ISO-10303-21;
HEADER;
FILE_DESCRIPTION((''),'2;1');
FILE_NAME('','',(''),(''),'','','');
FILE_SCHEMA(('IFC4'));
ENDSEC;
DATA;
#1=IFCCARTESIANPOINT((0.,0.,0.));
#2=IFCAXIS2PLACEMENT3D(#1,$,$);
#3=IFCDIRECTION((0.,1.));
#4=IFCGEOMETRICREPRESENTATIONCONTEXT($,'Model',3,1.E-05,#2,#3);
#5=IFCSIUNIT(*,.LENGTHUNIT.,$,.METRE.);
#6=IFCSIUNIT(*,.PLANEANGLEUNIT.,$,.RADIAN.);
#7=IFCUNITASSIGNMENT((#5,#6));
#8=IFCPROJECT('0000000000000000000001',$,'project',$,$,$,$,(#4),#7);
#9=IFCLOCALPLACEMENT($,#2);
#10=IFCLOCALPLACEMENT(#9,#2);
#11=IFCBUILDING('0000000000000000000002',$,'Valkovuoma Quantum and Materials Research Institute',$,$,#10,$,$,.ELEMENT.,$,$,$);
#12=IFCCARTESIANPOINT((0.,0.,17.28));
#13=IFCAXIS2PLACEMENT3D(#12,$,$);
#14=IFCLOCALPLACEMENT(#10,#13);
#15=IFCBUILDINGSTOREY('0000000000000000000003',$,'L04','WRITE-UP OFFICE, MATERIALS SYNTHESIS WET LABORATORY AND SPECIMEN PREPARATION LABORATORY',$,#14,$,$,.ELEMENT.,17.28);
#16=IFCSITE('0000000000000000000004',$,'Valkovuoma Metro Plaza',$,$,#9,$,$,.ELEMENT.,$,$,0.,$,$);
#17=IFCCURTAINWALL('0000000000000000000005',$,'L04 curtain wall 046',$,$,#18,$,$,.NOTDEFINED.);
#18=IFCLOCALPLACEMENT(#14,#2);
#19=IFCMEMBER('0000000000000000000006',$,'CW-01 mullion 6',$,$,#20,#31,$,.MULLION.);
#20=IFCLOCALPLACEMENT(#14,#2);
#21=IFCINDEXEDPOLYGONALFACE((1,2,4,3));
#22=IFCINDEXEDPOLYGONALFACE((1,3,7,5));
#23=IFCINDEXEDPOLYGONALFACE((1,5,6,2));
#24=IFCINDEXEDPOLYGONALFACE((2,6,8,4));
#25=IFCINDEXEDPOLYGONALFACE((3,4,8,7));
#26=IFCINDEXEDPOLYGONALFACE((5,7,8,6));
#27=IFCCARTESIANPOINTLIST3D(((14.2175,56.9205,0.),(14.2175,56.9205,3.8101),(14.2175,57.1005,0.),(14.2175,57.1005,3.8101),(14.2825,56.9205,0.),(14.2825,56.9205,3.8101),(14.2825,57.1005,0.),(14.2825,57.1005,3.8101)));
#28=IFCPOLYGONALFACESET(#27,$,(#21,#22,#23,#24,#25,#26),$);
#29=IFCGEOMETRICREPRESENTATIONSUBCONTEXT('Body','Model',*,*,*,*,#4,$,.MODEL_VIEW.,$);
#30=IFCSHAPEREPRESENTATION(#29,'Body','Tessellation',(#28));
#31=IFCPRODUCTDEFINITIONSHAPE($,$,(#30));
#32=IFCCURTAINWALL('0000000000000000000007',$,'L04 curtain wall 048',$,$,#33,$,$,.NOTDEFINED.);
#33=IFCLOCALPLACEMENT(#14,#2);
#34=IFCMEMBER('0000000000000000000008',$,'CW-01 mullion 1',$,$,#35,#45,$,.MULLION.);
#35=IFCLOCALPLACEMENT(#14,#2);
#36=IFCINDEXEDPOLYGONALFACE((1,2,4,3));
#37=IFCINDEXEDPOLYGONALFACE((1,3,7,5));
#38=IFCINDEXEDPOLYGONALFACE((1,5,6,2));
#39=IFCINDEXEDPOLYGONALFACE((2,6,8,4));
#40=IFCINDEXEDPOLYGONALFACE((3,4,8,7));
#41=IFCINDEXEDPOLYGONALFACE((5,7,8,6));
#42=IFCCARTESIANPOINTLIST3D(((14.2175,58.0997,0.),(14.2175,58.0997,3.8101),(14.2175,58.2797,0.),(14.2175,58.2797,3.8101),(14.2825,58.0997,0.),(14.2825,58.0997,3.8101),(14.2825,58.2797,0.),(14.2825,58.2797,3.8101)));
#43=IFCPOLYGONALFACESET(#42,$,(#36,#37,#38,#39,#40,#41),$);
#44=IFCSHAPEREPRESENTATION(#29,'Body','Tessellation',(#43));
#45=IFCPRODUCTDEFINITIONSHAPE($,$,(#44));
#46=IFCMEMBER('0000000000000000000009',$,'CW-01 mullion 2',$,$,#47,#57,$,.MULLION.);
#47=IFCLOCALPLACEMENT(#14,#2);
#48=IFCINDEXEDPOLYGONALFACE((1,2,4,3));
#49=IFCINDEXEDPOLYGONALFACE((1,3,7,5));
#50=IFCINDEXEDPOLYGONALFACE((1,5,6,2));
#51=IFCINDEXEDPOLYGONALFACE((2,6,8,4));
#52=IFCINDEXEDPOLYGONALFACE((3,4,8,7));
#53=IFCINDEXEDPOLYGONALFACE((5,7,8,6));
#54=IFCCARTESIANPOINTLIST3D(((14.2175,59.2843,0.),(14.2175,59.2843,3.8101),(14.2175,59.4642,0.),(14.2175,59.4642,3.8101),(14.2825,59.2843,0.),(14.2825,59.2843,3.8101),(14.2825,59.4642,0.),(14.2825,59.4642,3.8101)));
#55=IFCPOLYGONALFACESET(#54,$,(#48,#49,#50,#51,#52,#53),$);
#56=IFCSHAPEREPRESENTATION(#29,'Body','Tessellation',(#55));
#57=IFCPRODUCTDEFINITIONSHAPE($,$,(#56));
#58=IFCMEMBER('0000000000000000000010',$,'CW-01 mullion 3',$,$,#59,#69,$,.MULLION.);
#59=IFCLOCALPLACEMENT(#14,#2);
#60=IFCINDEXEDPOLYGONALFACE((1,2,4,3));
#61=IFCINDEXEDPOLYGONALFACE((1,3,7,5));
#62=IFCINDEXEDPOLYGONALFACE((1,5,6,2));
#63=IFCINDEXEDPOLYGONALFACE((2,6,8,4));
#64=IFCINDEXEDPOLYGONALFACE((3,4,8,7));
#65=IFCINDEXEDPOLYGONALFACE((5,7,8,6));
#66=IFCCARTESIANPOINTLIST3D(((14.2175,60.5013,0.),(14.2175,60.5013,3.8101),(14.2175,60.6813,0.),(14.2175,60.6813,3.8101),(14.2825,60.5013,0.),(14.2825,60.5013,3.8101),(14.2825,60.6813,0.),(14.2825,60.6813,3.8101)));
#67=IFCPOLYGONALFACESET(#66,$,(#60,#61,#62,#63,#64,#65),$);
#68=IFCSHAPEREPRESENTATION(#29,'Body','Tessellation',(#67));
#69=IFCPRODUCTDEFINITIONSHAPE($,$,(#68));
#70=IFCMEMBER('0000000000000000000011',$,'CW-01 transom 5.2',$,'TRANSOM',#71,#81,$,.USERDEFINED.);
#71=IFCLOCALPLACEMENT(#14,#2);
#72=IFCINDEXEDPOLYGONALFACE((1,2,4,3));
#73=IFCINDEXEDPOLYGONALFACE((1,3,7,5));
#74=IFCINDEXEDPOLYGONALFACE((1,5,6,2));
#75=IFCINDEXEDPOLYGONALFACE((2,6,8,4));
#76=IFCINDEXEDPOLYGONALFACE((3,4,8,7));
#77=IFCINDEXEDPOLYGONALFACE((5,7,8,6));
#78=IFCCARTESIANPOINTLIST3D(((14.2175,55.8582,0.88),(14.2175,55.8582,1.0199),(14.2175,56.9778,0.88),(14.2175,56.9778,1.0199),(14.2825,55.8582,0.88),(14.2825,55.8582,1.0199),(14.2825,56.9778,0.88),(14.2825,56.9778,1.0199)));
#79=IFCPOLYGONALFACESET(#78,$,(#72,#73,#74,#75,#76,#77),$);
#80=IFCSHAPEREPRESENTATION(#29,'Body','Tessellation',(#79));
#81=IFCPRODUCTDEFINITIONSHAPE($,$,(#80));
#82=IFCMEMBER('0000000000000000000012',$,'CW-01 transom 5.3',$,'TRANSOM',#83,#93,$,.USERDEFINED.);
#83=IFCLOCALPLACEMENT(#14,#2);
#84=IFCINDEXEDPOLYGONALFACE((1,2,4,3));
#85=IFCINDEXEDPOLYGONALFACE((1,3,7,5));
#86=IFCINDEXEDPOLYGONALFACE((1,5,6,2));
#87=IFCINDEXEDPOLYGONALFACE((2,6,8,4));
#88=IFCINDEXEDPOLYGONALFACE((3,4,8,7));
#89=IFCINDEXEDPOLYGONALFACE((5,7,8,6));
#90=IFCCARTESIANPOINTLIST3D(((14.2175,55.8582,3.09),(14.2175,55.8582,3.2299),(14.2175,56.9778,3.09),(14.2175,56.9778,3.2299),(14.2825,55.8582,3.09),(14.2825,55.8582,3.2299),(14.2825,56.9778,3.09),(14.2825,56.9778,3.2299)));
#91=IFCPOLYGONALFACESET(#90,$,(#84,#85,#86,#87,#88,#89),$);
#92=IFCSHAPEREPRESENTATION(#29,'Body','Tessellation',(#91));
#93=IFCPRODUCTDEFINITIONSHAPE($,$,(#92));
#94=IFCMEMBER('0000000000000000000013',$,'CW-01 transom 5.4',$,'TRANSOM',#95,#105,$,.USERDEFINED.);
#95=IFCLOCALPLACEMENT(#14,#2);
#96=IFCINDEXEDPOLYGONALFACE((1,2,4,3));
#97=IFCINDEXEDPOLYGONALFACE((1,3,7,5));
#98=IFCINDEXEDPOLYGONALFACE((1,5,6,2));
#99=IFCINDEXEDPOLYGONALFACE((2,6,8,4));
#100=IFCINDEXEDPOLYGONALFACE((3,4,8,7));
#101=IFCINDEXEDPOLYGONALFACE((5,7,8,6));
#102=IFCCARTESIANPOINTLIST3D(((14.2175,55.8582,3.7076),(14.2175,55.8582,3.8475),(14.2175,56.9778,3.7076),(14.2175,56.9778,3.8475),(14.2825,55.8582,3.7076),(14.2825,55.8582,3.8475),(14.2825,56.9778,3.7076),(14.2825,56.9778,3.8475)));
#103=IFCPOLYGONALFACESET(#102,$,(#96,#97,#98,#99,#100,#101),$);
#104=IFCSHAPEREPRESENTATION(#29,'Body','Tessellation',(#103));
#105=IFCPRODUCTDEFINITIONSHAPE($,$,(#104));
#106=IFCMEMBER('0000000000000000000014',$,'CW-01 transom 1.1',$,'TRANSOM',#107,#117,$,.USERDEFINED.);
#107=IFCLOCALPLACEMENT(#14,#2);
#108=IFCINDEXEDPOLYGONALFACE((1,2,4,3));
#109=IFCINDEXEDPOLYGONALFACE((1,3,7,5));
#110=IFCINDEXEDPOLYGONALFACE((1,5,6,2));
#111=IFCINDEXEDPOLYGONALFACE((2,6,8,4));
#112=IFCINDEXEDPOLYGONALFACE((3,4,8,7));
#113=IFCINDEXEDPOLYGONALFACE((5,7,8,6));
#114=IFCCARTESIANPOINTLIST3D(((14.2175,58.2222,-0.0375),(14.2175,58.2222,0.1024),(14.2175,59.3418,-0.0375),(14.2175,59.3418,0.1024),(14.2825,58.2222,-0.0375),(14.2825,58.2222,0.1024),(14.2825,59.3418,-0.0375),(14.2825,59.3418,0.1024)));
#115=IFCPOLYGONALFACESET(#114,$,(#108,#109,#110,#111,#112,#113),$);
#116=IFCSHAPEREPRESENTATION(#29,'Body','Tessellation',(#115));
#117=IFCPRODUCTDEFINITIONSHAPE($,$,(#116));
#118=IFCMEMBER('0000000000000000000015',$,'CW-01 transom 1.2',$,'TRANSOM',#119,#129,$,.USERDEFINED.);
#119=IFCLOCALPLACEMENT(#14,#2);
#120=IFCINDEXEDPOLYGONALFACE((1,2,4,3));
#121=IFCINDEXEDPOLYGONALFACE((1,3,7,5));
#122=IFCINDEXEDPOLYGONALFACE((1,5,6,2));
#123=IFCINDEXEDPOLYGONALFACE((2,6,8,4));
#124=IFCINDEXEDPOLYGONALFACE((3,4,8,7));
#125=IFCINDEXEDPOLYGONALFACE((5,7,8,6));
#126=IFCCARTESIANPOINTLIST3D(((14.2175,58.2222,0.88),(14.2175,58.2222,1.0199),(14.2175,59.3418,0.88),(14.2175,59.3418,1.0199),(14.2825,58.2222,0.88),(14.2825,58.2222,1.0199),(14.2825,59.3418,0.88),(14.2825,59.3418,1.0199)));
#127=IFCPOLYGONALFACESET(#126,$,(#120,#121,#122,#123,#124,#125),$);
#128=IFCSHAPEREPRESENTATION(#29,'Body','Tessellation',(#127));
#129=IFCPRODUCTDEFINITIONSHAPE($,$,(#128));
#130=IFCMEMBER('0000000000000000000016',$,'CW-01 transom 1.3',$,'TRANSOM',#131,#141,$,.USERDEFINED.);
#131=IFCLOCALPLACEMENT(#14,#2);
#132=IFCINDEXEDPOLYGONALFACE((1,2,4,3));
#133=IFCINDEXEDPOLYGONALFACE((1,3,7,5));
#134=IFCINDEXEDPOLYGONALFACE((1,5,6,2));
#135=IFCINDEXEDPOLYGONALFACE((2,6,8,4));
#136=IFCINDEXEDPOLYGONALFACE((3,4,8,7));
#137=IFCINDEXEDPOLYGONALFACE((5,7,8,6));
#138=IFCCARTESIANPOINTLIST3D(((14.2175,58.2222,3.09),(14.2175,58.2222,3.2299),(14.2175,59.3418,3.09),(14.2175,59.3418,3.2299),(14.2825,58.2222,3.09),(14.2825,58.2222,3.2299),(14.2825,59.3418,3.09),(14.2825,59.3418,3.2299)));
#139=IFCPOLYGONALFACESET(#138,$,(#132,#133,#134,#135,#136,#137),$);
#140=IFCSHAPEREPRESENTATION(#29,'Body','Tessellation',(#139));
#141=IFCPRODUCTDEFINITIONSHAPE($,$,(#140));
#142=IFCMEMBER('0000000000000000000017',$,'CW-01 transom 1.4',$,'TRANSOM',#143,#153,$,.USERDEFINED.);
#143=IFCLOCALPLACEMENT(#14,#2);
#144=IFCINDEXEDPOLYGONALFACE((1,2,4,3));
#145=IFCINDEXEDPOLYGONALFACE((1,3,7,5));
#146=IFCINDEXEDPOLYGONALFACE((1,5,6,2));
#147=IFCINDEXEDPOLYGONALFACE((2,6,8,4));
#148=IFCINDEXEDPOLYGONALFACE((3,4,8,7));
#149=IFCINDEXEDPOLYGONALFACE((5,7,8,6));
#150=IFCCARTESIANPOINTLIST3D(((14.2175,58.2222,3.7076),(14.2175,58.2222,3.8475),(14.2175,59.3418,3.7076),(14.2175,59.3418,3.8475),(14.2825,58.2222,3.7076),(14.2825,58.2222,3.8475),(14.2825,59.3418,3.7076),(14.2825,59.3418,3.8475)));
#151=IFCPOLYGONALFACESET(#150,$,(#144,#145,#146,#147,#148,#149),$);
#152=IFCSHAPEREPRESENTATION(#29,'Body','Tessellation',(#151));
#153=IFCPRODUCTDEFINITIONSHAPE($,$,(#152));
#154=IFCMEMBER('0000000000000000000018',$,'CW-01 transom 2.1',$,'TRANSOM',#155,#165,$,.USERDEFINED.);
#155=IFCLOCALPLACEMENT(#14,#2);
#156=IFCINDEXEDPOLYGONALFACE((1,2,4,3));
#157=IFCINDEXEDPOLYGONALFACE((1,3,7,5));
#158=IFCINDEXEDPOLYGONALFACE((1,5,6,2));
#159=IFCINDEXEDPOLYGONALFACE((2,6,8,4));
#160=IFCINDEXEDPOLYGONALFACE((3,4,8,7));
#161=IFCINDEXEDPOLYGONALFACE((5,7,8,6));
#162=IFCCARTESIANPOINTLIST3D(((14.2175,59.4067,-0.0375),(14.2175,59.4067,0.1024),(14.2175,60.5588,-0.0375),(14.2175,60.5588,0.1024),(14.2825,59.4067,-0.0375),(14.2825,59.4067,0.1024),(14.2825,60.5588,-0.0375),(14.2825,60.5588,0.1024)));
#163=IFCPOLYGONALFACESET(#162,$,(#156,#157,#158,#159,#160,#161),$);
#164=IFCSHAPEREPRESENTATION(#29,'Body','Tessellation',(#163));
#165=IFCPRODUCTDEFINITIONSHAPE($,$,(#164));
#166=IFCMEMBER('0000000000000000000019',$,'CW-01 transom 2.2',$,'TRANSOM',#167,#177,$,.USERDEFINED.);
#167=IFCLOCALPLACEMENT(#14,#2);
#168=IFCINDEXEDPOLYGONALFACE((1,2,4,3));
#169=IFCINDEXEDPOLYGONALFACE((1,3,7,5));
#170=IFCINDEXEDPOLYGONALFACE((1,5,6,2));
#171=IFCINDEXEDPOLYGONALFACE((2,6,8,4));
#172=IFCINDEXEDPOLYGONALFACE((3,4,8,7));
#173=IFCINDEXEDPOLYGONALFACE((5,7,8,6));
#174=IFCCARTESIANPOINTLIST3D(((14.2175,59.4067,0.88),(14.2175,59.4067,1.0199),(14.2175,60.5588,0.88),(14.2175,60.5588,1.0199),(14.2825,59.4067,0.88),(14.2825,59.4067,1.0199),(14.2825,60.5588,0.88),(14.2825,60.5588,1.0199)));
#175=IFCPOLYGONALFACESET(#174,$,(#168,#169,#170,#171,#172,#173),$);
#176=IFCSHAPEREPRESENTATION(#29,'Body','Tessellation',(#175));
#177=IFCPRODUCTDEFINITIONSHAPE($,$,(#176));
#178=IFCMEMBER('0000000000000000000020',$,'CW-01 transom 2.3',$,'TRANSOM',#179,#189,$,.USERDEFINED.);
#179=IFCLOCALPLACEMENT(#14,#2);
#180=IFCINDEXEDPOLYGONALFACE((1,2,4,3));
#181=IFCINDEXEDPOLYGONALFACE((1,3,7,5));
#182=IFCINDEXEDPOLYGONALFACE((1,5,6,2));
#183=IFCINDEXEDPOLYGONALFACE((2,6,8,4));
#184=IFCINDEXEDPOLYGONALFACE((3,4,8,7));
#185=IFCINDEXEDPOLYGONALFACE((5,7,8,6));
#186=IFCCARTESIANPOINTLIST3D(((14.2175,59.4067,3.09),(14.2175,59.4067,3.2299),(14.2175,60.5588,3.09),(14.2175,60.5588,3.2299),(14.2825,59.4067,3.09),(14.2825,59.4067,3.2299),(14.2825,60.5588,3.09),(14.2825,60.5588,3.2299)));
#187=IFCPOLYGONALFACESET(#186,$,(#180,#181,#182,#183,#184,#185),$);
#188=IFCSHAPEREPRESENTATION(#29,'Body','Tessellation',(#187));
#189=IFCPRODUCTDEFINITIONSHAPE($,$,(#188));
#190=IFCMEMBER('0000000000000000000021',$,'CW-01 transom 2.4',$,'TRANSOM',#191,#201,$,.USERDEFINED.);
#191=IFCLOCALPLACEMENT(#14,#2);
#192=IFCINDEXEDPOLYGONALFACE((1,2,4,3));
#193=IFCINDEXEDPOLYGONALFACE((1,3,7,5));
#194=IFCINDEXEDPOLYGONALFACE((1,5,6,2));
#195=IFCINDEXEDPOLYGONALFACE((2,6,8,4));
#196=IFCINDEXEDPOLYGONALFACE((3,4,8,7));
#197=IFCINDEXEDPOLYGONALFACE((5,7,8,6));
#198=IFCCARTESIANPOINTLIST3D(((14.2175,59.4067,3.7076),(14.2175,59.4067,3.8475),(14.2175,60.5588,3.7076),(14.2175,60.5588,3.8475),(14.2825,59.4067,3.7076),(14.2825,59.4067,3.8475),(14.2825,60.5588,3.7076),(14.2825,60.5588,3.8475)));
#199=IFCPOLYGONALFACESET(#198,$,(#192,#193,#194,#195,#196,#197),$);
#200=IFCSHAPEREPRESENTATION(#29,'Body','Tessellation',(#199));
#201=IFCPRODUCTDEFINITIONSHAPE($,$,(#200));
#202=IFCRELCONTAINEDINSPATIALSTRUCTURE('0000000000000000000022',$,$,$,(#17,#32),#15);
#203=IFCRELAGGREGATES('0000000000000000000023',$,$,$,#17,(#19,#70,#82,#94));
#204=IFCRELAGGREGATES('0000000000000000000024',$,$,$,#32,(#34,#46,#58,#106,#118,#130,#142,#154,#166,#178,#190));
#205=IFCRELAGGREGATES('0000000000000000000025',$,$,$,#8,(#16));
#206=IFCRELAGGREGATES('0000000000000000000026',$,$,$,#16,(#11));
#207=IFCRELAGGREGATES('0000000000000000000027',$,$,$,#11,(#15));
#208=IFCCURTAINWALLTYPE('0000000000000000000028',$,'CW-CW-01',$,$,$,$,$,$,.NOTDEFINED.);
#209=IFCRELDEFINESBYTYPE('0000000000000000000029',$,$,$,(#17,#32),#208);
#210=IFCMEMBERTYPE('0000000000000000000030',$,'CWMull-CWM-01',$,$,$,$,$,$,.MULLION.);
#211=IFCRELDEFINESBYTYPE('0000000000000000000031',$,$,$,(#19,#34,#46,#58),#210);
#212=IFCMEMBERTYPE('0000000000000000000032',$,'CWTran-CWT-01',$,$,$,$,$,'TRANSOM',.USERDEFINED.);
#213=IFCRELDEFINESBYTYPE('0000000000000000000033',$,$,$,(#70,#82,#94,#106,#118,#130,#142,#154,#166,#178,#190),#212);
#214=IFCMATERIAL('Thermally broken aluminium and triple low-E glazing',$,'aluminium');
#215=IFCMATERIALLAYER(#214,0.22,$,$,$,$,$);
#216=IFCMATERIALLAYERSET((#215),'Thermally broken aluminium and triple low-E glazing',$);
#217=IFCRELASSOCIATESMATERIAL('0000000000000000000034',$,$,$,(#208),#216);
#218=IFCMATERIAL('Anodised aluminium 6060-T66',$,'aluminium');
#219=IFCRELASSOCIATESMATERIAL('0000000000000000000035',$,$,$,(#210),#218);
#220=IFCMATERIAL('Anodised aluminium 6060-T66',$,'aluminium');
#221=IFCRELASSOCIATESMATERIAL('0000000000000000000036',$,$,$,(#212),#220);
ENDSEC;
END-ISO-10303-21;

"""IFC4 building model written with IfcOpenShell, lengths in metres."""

from ifc_helpers import new_model, si_unit, direction, frame, origin, origin_2d, place, context, subcontext, project, spatial, rectangle, extrude, material, layer, layer_set, material_profile, profile_set, type_object, element, aggregate, save


model = new_model("IFC4")

# Units and contexts
model_context = context("Model", 3, precision=1e-05, world=origin(), true_north=direction((0.0, 1.0)))
body_context = subcontext(model_context, "Body", "Model", "MODEL_VIEW")
ifc_project = project(units=[si_unit("LENGTHUNIT", "METRE"), si_unit("PLANEANGLEUNIT", "RADIAN")], contexts=[model_context])

# Site, building, storey
site_placement = place(None, origin())
site = spatial("IfcSite", under=ifc_project, at=site_placement, Name="Valkovuoma Metro Plaza", CompositionType="ELEMENT", RefElevation=0.0)
building_placement = place(site_placement, origin())
building = spatial("IfcBuilding", under=site, at=building_placement, Name="Valkovuoma Quantum and Materials Research Institute", CompositionType="ELEMENT")
storey_placement = place(building_placement, frame((0.0, 0.0, 17.28)))
storey = spatial("IfcBuildingStorey", under=building, at=storey_placement, Name="L04", Description="WRITE-UP OFFICE, MATERIALS SYNTHESIS WET LABORATORY AND SPECIMEN PREPARATION LABORATORY", CompositionType="ELEMENT", Elevation=17.28)

# Curtain wall, member
ifc_material_1 = material(Name="Thermally broken aluminium and triple low-E glazing", Category="aluminium")
ifc_layer_1 = layer(ifc_material_1, 0.22)
ifc_layer_set_1 = layer_set([ifc_layer_1], Name="Thermally broken aluminium and triple low-E glazing")
curtain_wall_type = type_object("IfcCurtainWallType", Name="CW-CW-01", PredefinedType="NOTDEFINED", material=ifc_layer_set_1)
curtain_wall_1_placement = place(storey_placement, origin())
curtain_wall_1 = element("IfcCurtainWall", 1, at=curtain_wall_1_placement, inside=storey, type_object=curtain_wall_type, Name="L04 curtain wall 046", PredefinedType="NOTDEFINED")
ifc_material_2 = material(Name="Anodised aluminium 6060-T66", Category="aluminium")
ifc_material_profile_1 = material_profile(ifc_material_2, rectangle(XDim=0.0649, YDim=0.1799, at=origin_2d()), Name="Anodised aluminium 6060-T66")
ifc_profile_set_1 = profile_set([ifc_material_profile_1], Name="Anodised aluminium 6060-T66")
member_type_1 = type_object("IfcMemberType", Name="CWMull-CWM-01", PredefinedType="MULLION", material=ifc_profile_set_1)
member_1_placement = place(storey_placement, frame((14.25, 57.0105, 0.0), z_axis=(0.0, 0.0, 1.0), x_axis=(-1.0, 0.0, 0.0)))
member_1 = element("IfcMember", 2, at=member_1_placement, type_object=member_type_1, Name="CW-01 mullion 6", PredefinedType="MULLION", context=body_context, shape_type="SweptSolid", body=[
    extrude(rectangle(XDim=0.0649, YDim=0.1799, at=origin_2d()), origin(), (0.0, 0.0, 1.0), 3.8101),
])

# Curtain wall, members
curtain_wall_2_placement = place(storey_placement, origin())
curtain_wall_2 = element("IfcCurtainWall", 3, at=curtain_wall_2_placement, inside=storey, type_object=curtain_wall_type, Name="L04 curtain wall 048", PredefinedType="NOTDEFINED")
member_2_placement = place(storey_placement, frame((14.25, 58.1897, 0.0), z_axis=(0.0, 0.0, 1.0), x_axis=(-1.0, 0.0, 0.0)))
member_2 = element("IfcMember", 4, at=member_2_placement, type_object=member_type_1, Name="CW-01 mullion 1", PredefinedType="MULLION", context=body_context, shape_type="SweptSolid", body=[
    extrude(rectangle(XDim=0.0649, YDim=0.1799, at=origin_2d()), origin(), (0.0, 0.0, 1.0), 3.8101),
])
member_3_placement = place(storey_placement, frame((14.25, 59.3743, 0.0), z_axis=(0.0, 0.0, 1.0), x_axis=(-1.0, 0.0, 0.0)))
member_3 = element("IfcMember", 5, at=member_3_placement, type_object=member_type_1, Name="CW-01 mullion 2", PredefinedType="MULLION", context=body_context, shape_type="SweptSolid", body=[
    extrude(rectangle(XDim=0.0649, YDim=0.1799, at=origin_2d()), origin(), (0.0, 0.0, 1.0), 3.8101),
])
member_4_placement = place(storey_placement, frame((14.25, 60.5913, 0.0), z_axis=(0.0, 0.0, 1.0), x_axis=(-1.0, 0.0, 0.0)))
member_4 = element("IfcMember", 6, at=member_4_placement, type_object=member_type_1, Name="CW-01 mullion 3", PredefinedType="MULLION", context=body_context, shape_type="SweptSolid", body=[
    extrude(rectangle(XDim=0.0649, YDim=0.1799, at=origin_2d()), origin(), (0.0, 0.0, 1.0), 3.8101),
])

# Members
ifc_material_3 = material(Name="Anodised aluminium 6060-T66", Category="aluminium")
ifc_material_profile_2 = material_profile(ifc_material_3, rectangle(XDim=0.0649, YDim=0.1399, at=origin_2d()), Name="Anodised aluminium 6060-T66")
ifc_profile_set_2 = profile_set([ifc_material_profile_2], Name="Anodised aluminium 6060-T66")
member_type_2 = type_object("IfcMemberType", Name="CWTran-CWT-01", ElementType="TRANSOM", PredefinedType="USERDEFINED", material=ifc_profile_set_2)
member_5_placement = place(storey_placement, frame((14.25, 55.8582, 0.95), z_axis=(0.0, 1.0, 0.0), x_axis=(-1.0, 0.0, 0.0)))
member_5 = element("IfcMember", 7, at=member_5_placement, type_object=member_type_2, Name="CW-01 transom 5.2", ObjectType="TRANSOM", PredefinedType="USERDEFINED", context=body_context, shape_type="SweptSolid", body=[
    extrude(rectangle(XDim=0.0649, YDim=0.1399, at=origin_2d()), origin(), (0.0, 0.0, 1.0), 1.1196),
])
member_6_placement = place(storey_placement, frame((14.25, 55.8582, 3.1599), z_axis=(0.0, 1.0, 0.0), x_axis=(-1.0, 0.0, 0.0)))
member_6 = element("IfcMember", 8, at=member_6_placement, type_object=member_type_2, Name="CW-01 transom 5.3", ObjectType="TRANSOM", PredefinedType="USERDEFINED", context=body_context, shape_type="SweptSolid", body=[
    extrude(rectangle(XDim=0.0649, YDim=0.1399, at=origin_2d()), origin(), (0.0, 0.0, 1.0), 1.1196),
])
member_7_placement = place(storey_placement, frame((14.25, 55.8582, 3.7776), z_axis=(0.0, 1.0, 0.0), x_axis=(-1.0, 0.0, 0.0)))
member_7 = element("IfcMember", 9, at=member_7_placement, type_object=member_type_2, Name="CW-01 transom 5.4", ObjectType="TRANSOM", PredefinedType="USERDEFINED", context=body_context, shape_type="SweptSolid", body=[
    extrude(rectangle(XDim=0.0649, YDim=0.1399, at=origin_2d()), origin(), (0.0, 0.0, 1.0), 1.1196),
])
member_8_placement = place(storey_placement, frame((14.25, 58.2222, 0.0325), z_axis=(0.0, 1.0, 0.0), x_axis=(-1.0, 0.0, 0.0)))
member_8 = element("IfcMember", 10, at=member_8_placement, type_object=member_type_2, Name="CW-01 transom 1.1", ObjectType="TRANSOM", PredefinedType="USERDEFINED", context=body_context, shape_type="SweptSolid", body=[
    extrude(rectangle(XDim=0.0649, YDim=0.1399, at=origin_2d()), origin(), (0.0, 0.0, 1.0), 1.1196),
])
member_9_placement = place(storey_placement, frame((14.25, 58.2222, 0.95), z_axis=(0.0, 1.0, 0.0), x_axis=(-1.0, 0.0, 0.0)))
member_9 = element("IfcMember", 11, at=member_9_placement, type_object=member_type_2, Name="CW-01 transom 1.2", ObjectType="TRANSOM", PredefinedType="USERDEFINED", context=body_context, shape_type="SweptSolid", body=[
    extrude(rectangle(XDim=0.0649, YDim=0.1399, at=origin_2d()), origin(), (0.0, 0.0, 1.0), 1.1196),
])
member_10_placement = place(storey_placement, frame((14.25, 58.2222, 3.1599), z_axis=(0.0, 1.0, 0.0), x_axis=(-1.0, 0.0, 0.0)))
member_10 = element("IfcMember", 12, at=member_10_placement, type_object=member_type_2, Name="CW-01 transom 1.3", ObjectType="TRANSOM", PredefinedType="USERDEFINED", context=body_context, shape_type="SweptSolid", body=[
    extrude(rectangle(XDim=0.0649, YDim=0.1399, at=origin_2d()), origin(), (0.0, 0.0, 1.0), 1.1196),
])
member_11_placement = place(storey_placement, frame((14.25, 58.2222, 3.7776), z_axis=(0.0, 1.0, 0.0), x_axis=(-1.0, 0.0, 0.0)))
member_11 = element("IfcMember", 13, at=member_11_placement, type_object=member_type_2, Name="CW-01 transom 1.4", ObjectType="TRANSOM", PredefinedType="USERDEFINED", context=body_context, shape_type="SweptSolid", body=[
    extrude(rectangle(XDim=0.0649, YDim=0.1399, at=origin_2d()), origin(), (0.0, 0.0, 1.0), 1.1196),
])
member_12_placement = place(storey_placement, frame((14.25, 59.4067, 0.0325), z_axis=(0.0, 1.0, 0.0), x_axis=(-1.0, 0.0, 0.0)))
member_12 = element("IfcMember", 14, at=member_12_placement, type_object=member_type_2, Name="CW-01 transom 2.1", ObjectType="TRANSOM", PredefinedType="USERDEFINED", context=body_context, shape_type="SweptSolid", body=[
    extrude(rectangle(XDim=0.0649, YDim=0.1399, at=origin_2d()), origin(), (0.0, 0.0, 1.0), 1.1521),
])
member_13_placement = place(storey_placement, frame((14.25, 59.4067, 0.95), z_axis=(0.0, 1.0, 0.0), x_axis=(-1.0, 0.0, 0.0)))
member_13 = element("IfcMember", 15, at=member_13_placement, type_object=member_type_2, Name="CW-01 transom 2.2", ObjectType="TRANSOM", PredefinedType="USERDEFINED", context=body_context, shape_type="SweptSolid", body=[
    extrude(rectangle(XDim=0.0649, YDim=0.1399, at=origin_2d()), origin(), (0.0, 0.0, 1.0), 1.1521),
])
member_14_placement = place(storey_placement, frame((14.25, 59.4067, 3.1599), z_axis=(0.0, 1.0, 0.0), x_axis=(-1.0, 0.0, 0.0)))
member_14 = element("IfcMember", 16, at=member_14_placement, type_object=member_type_2, Name="CW-01 transom 2.3", ObjectType="TRANSOM", PredefinedType="USERDEFINED", context=body_context, shape_type="SweptSolid", body=[
    extrude(rectangle(XDim=0.0649, YDim=0.1399, at=origin_2d()), origin(), (0.0, 0.0, 1.0), 1.1521),
])
member_15_placement = place(storey_placement, frame((14.25, 59.4067, 3.7776), z_axis=(0.0, 1.0, 0.0), x_axis=(-1.0, 0.0, 0.0)))
member_15 = element("IfcMember", 17, at=member_15_placement, type_object=member_type_2, Name="CW-01 transom 2.4", ObjectType="TRANSOM", PredefinedType="USERDEFINED", context=body_context, shape_type="SweptSolid", body=[
    extrude(rectangle(XDim=0.0649, YDim=0.1399, at=origin_2d()), origin(), (0.0, 0.0, 1.0), 1.1521),
])

aggregate(curtain_wall_1, [member_1, member_5, member_6, member_7])
aggregate(curtain_wall_2, [member_2, member_3, member_4, member_8, member_9, member_10, member_11, member_12, member_13, member_14, member_15])

save(model, "model.ifc")
